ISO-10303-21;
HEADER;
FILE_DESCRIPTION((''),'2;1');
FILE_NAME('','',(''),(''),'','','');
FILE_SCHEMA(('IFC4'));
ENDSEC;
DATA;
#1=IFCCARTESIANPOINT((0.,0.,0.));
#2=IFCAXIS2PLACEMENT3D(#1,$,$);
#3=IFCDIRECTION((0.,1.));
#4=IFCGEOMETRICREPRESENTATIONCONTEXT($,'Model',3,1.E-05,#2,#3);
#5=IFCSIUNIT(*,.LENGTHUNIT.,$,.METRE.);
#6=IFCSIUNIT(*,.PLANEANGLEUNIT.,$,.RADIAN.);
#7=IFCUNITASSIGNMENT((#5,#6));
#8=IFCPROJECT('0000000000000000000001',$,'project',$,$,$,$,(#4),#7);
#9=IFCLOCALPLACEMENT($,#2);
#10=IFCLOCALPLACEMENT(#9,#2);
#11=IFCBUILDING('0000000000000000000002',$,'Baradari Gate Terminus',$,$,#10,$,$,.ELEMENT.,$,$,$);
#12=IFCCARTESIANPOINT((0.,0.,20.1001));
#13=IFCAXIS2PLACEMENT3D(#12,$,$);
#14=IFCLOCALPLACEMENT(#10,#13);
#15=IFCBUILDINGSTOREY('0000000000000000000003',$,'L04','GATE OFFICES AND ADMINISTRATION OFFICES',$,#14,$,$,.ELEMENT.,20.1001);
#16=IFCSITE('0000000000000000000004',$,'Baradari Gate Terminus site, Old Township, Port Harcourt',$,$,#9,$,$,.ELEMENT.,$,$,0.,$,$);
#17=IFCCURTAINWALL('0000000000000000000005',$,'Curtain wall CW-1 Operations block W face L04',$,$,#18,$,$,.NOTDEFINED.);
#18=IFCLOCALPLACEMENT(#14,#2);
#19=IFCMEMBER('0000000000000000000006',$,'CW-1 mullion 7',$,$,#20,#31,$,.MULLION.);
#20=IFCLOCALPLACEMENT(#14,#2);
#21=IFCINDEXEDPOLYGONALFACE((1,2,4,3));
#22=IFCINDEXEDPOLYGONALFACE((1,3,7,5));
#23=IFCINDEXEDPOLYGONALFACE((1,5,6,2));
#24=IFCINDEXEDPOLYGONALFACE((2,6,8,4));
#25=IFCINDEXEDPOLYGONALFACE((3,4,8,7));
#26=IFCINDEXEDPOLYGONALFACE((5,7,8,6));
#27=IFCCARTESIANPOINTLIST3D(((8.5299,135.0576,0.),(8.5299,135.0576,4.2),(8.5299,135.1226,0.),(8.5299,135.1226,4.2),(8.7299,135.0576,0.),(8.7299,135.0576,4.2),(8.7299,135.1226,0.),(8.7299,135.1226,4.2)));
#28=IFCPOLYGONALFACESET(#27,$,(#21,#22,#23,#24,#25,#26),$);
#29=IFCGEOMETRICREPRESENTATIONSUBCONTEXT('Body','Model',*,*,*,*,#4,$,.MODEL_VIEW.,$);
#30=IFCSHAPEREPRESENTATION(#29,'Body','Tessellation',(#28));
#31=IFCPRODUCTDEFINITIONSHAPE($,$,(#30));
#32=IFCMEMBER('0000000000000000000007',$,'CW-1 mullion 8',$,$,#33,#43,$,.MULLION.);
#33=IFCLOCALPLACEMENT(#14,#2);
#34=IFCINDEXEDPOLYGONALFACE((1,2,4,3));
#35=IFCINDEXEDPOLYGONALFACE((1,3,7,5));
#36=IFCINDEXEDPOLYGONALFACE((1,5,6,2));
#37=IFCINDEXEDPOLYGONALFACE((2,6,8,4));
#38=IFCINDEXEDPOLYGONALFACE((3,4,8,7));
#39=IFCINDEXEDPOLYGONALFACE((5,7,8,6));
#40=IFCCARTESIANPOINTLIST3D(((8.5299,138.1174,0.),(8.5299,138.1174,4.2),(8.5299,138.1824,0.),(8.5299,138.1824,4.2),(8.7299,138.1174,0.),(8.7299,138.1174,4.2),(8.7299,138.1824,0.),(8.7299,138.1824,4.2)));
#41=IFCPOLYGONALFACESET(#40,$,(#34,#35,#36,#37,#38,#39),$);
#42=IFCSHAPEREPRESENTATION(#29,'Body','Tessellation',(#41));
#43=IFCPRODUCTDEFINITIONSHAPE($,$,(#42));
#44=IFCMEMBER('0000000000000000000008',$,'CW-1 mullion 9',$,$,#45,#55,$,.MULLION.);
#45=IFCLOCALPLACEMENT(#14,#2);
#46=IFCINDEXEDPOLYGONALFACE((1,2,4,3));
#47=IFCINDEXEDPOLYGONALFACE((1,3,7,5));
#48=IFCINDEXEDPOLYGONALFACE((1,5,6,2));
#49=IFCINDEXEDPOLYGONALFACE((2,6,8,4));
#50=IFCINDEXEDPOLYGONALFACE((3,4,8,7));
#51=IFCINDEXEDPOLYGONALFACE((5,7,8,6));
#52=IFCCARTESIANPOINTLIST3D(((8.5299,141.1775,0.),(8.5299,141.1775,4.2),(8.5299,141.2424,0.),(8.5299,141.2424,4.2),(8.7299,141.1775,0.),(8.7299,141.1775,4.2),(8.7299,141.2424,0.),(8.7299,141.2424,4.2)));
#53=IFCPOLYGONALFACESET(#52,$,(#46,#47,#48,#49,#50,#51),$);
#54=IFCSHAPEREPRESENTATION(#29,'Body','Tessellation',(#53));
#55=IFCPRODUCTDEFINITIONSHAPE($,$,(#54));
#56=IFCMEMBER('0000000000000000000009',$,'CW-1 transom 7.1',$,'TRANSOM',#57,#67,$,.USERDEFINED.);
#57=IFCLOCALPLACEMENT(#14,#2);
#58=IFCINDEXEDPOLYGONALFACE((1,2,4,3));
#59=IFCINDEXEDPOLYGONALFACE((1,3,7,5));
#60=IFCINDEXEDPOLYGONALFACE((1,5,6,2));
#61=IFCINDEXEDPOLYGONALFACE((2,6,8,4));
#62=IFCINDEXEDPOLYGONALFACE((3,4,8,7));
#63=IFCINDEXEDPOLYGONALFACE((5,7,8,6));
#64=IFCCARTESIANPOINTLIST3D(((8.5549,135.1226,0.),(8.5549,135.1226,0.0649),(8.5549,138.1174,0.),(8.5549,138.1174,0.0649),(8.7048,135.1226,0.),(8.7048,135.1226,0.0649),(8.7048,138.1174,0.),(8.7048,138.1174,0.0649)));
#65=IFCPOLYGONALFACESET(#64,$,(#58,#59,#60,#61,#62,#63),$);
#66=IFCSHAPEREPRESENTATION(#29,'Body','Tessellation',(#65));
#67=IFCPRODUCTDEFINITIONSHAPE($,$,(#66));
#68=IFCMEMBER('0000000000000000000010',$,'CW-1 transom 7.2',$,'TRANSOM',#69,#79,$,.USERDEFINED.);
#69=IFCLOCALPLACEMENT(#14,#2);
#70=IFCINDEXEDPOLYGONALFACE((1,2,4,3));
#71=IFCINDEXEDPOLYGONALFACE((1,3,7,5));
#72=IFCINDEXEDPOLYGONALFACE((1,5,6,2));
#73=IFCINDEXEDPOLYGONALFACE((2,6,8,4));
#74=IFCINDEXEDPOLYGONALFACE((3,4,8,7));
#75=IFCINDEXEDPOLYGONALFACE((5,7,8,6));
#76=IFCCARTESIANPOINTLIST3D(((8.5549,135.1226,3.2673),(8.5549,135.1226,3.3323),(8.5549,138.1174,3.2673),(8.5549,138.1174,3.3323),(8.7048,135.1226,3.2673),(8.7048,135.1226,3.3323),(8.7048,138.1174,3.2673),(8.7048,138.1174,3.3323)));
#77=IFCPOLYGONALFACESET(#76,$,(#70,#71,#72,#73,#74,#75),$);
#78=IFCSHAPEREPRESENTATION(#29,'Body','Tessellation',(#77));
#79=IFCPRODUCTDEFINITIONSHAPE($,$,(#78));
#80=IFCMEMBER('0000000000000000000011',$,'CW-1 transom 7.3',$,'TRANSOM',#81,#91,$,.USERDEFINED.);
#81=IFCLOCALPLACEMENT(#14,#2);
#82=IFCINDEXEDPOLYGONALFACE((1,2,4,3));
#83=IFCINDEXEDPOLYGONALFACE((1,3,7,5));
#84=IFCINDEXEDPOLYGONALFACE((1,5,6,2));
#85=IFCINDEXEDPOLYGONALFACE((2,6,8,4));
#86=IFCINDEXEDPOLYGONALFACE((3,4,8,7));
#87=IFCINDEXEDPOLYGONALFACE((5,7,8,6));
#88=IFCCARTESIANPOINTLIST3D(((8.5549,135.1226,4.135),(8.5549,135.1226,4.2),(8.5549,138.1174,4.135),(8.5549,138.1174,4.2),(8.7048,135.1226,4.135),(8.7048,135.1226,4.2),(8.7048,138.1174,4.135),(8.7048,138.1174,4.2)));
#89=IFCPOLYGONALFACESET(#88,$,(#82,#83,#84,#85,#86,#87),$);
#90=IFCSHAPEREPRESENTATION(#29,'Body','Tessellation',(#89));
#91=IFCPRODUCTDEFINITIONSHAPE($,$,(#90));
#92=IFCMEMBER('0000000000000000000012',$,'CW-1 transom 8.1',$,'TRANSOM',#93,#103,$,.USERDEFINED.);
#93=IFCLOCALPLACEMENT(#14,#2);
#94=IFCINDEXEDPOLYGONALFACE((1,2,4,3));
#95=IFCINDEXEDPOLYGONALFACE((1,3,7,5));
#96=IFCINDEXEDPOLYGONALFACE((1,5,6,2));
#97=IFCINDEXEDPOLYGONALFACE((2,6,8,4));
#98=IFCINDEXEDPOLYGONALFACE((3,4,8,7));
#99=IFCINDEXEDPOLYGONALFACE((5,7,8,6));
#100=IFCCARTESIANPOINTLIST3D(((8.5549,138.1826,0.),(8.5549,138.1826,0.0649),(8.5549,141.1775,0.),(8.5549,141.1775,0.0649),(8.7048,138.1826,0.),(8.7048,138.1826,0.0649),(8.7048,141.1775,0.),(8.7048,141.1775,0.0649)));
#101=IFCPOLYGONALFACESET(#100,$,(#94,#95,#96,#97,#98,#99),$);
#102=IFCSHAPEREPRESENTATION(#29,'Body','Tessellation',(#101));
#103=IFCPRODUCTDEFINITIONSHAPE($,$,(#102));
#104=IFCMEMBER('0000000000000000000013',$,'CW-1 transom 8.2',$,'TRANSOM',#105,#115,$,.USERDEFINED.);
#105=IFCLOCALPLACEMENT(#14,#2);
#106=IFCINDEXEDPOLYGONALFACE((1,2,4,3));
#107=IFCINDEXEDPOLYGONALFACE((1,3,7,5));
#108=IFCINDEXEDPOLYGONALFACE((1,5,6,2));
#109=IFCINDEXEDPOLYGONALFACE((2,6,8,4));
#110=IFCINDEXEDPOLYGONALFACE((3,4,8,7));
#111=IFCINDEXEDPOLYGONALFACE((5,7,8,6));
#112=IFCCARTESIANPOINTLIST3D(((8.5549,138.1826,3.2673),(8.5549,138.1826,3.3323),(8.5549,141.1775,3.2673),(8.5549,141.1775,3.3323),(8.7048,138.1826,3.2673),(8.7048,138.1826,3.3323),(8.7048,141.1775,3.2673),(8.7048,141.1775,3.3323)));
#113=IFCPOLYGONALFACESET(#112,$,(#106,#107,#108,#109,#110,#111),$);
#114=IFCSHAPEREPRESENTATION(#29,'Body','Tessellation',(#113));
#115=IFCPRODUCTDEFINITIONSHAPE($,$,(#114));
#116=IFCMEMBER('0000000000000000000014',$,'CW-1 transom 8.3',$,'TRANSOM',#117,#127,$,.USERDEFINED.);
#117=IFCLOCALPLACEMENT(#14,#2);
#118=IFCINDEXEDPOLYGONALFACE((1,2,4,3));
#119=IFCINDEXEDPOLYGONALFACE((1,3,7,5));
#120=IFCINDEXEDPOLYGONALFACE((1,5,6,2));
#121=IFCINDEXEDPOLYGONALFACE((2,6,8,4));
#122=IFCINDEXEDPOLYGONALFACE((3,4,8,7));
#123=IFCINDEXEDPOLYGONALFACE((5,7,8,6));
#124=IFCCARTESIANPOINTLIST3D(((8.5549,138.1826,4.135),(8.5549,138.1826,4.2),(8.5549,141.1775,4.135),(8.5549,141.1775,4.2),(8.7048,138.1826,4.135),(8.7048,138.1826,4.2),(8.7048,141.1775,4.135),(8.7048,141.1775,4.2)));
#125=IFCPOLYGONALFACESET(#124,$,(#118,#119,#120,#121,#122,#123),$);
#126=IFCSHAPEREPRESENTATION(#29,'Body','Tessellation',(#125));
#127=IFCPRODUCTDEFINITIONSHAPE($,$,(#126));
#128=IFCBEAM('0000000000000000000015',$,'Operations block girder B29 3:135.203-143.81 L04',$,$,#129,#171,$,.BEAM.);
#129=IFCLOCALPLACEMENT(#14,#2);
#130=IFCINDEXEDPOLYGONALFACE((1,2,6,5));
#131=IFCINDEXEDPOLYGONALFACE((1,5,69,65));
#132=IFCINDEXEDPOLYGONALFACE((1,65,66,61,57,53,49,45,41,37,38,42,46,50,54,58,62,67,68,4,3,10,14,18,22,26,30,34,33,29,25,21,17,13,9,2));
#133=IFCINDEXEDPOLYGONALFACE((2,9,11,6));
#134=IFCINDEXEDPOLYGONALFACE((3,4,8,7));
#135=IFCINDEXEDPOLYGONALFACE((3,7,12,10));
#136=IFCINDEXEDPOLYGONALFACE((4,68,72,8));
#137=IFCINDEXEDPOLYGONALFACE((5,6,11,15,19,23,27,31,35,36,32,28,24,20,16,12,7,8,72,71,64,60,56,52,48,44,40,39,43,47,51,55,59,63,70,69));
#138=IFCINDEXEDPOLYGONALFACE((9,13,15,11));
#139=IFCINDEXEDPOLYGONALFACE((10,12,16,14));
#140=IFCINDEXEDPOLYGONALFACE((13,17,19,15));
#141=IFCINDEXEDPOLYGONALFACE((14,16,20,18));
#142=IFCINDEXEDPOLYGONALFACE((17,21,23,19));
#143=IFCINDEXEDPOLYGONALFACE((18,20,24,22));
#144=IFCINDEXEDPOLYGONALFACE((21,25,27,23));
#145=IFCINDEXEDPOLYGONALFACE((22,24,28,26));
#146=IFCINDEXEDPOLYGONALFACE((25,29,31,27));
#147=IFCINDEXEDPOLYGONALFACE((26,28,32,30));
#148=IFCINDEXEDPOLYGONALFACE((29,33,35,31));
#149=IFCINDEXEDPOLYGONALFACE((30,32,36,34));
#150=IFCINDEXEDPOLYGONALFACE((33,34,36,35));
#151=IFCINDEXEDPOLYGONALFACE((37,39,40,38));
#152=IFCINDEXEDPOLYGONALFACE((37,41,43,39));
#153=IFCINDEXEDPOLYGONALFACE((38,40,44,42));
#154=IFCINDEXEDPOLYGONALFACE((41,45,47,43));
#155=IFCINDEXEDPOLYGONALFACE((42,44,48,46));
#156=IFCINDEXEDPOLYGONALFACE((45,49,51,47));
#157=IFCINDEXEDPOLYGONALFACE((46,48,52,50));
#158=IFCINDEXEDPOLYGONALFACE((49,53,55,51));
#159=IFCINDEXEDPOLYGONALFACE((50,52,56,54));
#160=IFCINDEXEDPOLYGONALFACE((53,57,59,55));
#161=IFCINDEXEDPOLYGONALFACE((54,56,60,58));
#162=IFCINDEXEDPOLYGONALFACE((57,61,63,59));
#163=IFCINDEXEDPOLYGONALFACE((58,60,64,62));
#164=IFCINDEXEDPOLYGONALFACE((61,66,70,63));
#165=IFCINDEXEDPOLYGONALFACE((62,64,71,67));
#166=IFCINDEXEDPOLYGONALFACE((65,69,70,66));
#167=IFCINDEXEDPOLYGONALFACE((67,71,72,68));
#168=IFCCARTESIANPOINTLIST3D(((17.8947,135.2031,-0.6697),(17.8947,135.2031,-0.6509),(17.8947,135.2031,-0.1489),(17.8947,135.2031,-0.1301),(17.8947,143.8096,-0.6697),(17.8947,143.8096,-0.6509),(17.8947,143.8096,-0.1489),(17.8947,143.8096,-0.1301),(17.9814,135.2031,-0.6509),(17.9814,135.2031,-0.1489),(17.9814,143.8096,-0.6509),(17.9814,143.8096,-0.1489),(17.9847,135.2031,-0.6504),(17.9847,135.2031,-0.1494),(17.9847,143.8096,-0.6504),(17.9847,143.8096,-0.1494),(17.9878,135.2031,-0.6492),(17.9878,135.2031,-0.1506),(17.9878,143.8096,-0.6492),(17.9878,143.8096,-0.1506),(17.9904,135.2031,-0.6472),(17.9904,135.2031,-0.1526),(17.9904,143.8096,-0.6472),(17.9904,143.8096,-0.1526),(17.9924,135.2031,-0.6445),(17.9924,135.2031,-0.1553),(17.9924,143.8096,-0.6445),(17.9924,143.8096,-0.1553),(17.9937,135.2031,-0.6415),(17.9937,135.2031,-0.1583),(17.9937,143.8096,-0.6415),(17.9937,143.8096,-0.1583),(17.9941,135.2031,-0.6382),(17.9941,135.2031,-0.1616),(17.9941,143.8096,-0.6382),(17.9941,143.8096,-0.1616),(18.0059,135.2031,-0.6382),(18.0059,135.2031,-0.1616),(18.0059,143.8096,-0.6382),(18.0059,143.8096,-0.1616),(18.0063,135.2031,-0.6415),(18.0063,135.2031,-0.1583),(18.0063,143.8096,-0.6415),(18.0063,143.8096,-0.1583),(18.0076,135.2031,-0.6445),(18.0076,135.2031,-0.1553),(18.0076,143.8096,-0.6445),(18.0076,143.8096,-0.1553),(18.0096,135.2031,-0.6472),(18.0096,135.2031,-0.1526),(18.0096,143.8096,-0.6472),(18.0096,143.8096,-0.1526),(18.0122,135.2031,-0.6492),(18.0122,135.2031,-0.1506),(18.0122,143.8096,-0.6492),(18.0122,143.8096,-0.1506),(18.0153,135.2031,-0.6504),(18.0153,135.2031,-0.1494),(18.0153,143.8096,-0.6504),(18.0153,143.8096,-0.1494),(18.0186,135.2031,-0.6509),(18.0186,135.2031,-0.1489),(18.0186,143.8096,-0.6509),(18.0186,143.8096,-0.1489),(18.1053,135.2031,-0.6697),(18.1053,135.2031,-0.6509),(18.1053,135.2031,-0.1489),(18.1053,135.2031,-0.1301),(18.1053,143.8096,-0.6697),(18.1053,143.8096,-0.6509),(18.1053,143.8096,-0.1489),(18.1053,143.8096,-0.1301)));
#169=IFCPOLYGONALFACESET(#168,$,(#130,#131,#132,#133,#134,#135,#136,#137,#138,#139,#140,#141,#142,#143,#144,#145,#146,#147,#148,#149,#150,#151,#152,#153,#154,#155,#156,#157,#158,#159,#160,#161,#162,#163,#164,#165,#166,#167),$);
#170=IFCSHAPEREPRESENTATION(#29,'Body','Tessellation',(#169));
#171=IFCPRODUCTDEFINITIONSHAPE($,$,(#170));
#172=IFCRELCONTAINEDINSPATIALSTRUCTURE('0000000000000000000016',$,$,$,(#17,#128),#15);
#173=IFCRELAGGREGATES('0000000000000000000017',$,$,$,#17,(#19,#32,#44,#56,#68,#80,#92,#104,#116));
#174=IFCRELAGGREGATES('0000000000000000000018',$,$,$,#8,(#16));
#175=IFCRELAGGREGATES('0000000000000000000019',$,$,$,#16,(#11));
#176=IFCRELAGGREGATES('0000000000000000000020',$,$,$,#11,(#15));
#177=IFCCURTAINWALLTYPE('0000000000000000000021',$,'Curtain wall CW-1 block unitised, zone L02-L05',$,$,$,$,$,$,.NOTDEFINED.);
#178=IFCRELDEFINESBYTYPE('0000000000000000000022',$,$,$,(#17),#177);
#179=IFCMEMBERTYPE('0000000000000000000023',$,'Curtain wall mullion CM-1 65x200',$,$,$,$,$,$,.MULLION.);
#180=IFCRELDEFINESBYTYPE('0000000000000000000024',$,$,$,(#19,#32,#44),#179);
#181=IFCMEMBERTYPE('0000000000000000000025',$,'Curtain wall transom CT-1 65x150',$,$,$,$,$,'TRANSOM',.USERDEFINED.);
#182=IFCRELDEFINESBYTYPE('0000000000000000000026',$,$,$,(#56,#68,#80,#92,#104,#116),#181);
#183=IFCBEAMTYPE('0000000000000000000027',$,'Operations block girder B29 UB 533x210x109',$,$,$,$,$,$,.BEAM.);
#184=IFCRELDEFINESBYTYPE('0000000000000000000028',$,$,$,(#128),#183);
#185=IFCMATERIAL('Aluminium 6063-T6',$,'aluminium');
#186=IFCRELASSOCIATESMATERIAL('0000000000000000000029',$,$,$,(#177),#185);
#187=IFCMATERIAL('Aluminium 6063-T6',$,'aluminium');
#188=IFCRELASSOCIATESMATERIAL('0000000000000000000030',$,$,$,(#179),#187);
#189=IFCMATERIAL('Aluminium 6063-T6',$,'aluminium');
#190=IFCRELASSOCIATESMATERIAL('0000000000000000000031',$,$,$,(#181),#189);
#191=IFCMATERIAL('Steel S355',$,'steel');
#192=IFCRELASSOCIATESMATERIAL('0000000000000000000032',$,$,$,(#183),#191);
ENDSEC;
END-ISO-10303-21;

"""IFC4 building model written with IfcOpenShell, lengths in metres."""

from ifc_helpers import new_model, si_unit, direction, frame, origin, origin_2d, place, context, subcontext, project, spatial, rectangle, i_section, extrude, material, material_profile, profile_set, type_object, element, aggregate, save


model = new_model("IFC4")

# Units and contexts
model_context = context("Model", 3, precision=1e-05, world=origin(), true_north=direction((0.0, 1.0)))
body_context = subcontext(model_context, "Body", "Model", "MODEL_VIEW")
ifc_project = project(units=[si_unit("LENGTHUNIT", "METRE"), si_unit("PLANEANGLEUNIT", "RADIAN")], contexts=[model_context])

# Site, building, storey
site_placement = place(None, origin())
site = spatial("IfcSite", under=ifc_project, at=site_placement, Name="Baradari Gate Terminus site, Old Township, Port Harcourt", CompositionType="ELEMENT", RefElevation=0.0)
building_placement = place(site_placement, origin())
building = spatial("IfcBuilding", under=site, at=building_placement, Name="Baradari Gate Terminus", CompositionType="ELEMENT")
storey_placement = place(building_placement, frame((0.0, 0.0, 20.1001)))
storey = spatial("IfcBuildingStorey", under=building, at=storey_placement, Name="L04", Description="GATE OFFICES AND ADMINISTRATION OFFICES", CompositionType="ELEMENT", Elevation=20.1001)

# Curtain wall, members
ifc_material_1 = material(Name="Aluminium 6063-T6", Category="aluminium")
curtain_wall_type = type_object("IfcCurtainWallType", Name="Curtain wall CW-1 block unitised, zone L02-L05", PredefinedType="NOTDEFINED", material=ifc_material_1)
curtain_wall_placement = place(storey_placement, origin())
curtain_wall = element("IfcCurtainWall", 1, at=curtain_wall_placement, inside=storey, type_object=curtain_wall_type, Name="Curtain wall CW-1 Operations block W face L04", PredefinedType="NOTDEFINED")
ifc_material_2 = material(Name="Aluminium 6063-T6", Category="aluminium")
ifc_material_profile_1 = material_profile(ifc_material_2, rectangle(XDim=0.2, YDim=0.0649, at=origin_2d()), Name="CM-1 65X200")
ifc_profile_set_1 = profile_set([ifc_material_profile_1], Name="Aluminium 6063-T6")
member_type_1 = type_object("IfcMemberType", Name="Curtain wall mullion CM-1 65x200", PredefinedType="MULLION", material=ifc_profile_set_1)
member_1_placement = place(storey_placement, frame((8.6299, 135.0901, 0.0), z_axis=(0.0, 0.0, 1.0), x_axis=(-1.0, 0.0, 0.0)))
member_1 = element("IfcMember", 2, at=member_1_placement, type_object=member_type_1, Name="CW-1 mullion 7", PredefinedType="MULLION", context=body_context, shape_type="SweptSolid", body=[
    extrude(rectangle(XDim=0.2, YDim=0.0649, at=origin_2d()), origin(), (0.0, 0.0, 1.0), 4.2),
])
member_2_placement = place(storey_placement, frame((8.6299, 138.1499, 0.0), z_axis=(0.0, 0.0, 1.0), x_axis=(-1.0, 0.0, 0.0)))
member_2 = element("IfcMember", 3, at=member_2_placement, type_object=member_type_1, Name="CW-1 mullion 8", PredefinedType="MULLION", context=body_context, shape_type="SweptSolid", body=[
    extrude(rectangle(XDim=0.2, YDim=0.0649, at=origin_2d()), origin(), (0.0, 0.0, 1.0), 4.2),
])
member_3_placement = place(storey_placement, frame((8.6299, 141.21, 0.0), z_axis=(0.0, 0.0, 1.0), x_axis=(-1.0, 0.0, 0.0)))
member_3 = element("IfcMember", 4, at=member_3_placement, type_object=member_type_1, Name="CW-1 mullion 9", PredefinedType="MULLION", context=body_context, shape_type="SweptSolid", body=[
    extrude(rectangle(XDim=0.2, YDim=0.0649, at=origin_2d()), origin(), (0.0, 0.0, 1.0), 4.2),
])
ifc_material_3 = material(Name="Aluminium 6063-T6", Category="aluminium")
ifc_material_profile_2 = material_profile(ifc_material_3, rectangle(XDim=0.1499, YDim=0.0649, at=origin_2d()), Name="CT-1 65X150")
ifc_profile_set_2 = profile_set([ifc_material_profile_2], Name="Aluminium 6063-T6")
member_type_2 = type_object("IfcMemberType", Name="Curtain wall transom CT-1 65x150", ElementType="TRANSOM", PredefinedType="USERDEFINED", material=ifc_profile_set_2)
member_4_placement = place(storey_placement, frame((8.6299, 135.1226, 0.0325), z_axis=(0.0, 1.0, 0.0), x_axis=(-1.0, 0.0, 0.0)))
member_4 = element("IfcMember", 5, at=member_4_placement, type_object=member_type_2, Name="CW-1 transom 7.1", ObjectType="TRANSOM", PredefinedType="USERDEFINED", context=body_context, shape_type="SweptSolid", body=[
    extrude(rectangle(XDim=0.1499, YDim=0.0649, at=origin_2d()), origin(), (0.0, 0.0, 1.0), 2.9949),
])
member_5_placement = place(storey_placement, frame((8.6299, 135.1226, 3.2998), z_axis=(0.0, 1.0, 0.0), x_axis=(-1.0, 0.0, 0.0)))
member_5 = element("IfcMember", 6, at=member_5_placement, type_object=member_type_2, Name="CW-1 transom 7.2", ObjectType="TRANSOM", PredefinedType="USERDEFINED", context=body_context, shape_type="SweptSolid", body=[
    extrude(rectangle(XDim=0.1499, YDim=0.0649, at=origin_2d()), origin(), (0.0, 0.0, 1.0), 2.9949),
])
member_6_placement = place(storey_placement, frame((8.6299, 135.1226, 4.1675), z_axis=(0.0, 1.0, 0.0), x_axis=(-1.0, 0.0, 0.0)))
member_6 = element("IfcMember", 7, at=member_6_placement, type_object=member_type_2, Name="CW-1 transom 7.3", ObjectType="TRANSOM", PredefinedType="USERDEFINED", context=body_context, shape_type="SweptSolid", body=[
    extrude(rectangle(XDim=0.1499, YDim=0.0649, at=origin_2d()), origin(), (0.0, 0.0, 1.0), 2.9949),
])
member_7_placement = place(storey_placement, frame((8.6299, 138.1826, 0.0325), z_axis=(0.0, 1.0, 0.0), x_axis=(-1.0, 0.0, 0.0)))
member_7 = element("IfcMember", 8, at=member_7_placement, type_object=member_type_2, Name="CW-1 transom 8.1", ObjectType="TRANSOM", PredefinedType="USERDEFINED", context=body_context, shape_type="SweptSolid", body=[
    extrude(rectangle(XDim=0.1499, YDim=0.0649, at=origin_2d()), origin(), (0.0, 0.0, 1.0), 2.9949),
])
member_8_placement = place(storey_placement, frame((8.6299, 138.1826, 3.2998), z_axis=(0.0, 1.0, 0.0), x_axis=(-1.0, 0.0, 0.0)))
member_8 = element("IfcMember", 9, at=member_8_placement, type_object=member_type_2, Name="CW-1 transom 8.2", ObjectType="TRANSOM", PredefinedType="USERDEFINED", context=body_context, shape_type="SweptSolid", body=[
    extrude(rectangle(XDim=0.1499, YDim=0.0649, at=origin_2d()), origin(), (0.0, 0.0, 1.0), 2.9949),
])
member_9_placement = place(storey_placement, frame((8.6299, 138.1826, 4.1675), z_axis=(0.0, 1.0, 0.0), x_axis=(-1.0, 0.0, 0.0)))
member_9 = element("IfcMember", 10, at=member_9_placement, type_object=member_type_2, Name="CW-1 transom 8.3", ObjectType="TRANSOM", PredefinedType="USERDEFINED", context=body_context, shape_type="SweptSolid", body=[
    extrude(rectangle(XDim=0.1499, YDim=0.0649, at=origin_2d()), origin(), (0.0, 0.0, 1.0), 2.9949),
])

# Beam
ifc_material_4 = material(Name="Steel S355", Category="steel")
ifc_material_profile_3 = material_profile(ifc_material_4, i_section(OverallWidth=0.2107, OverallDepth=0.5396, WebThickness=0.0117, FlangeThickness=0.0188, FilletRadius=0.0127, at=origin_2d()), Name="UB 533x210x109")
ifc_profile_set_3 = profile_set([ifc_material_profile_3], Name="Steel S355")
beam_type_1 = type_object("IfcBeamType", Name="Operations block girder B29 UB 533x210x109", PredefinedType="BEAM", material=ifc_profile_set_3)
beam_1_placement = place(storey_placement, frame((18.0, 135.2031, -0.3999), z_axis=(0.0, 1.0, 0.0), x_axis=(-1.0, 0.0, 0.0)))
element("IfcBeam", 11, at=beam_1_placement, inside=storey, type_object=beam_type_1, Name="Operations block girder B29 3:135.203-143.81 L04", PredefinedType="BEAM", context=body_context, shape_type="SweptSolid", body=[
    extrude(i_section(OverallWidth=0.2107, OverallDepth=0.5396, WebThickness=0.0117, FlangeThickness=0.0188, FilletRadius=0.0127, at=origin_2d()), origin(), (0.0, 0.0, 1.0), 8.6064),
])

aggregate(curtain_wall, [member_1, member_2, member_3, member_4, member_5, member_6, member_7, member_8, member_9])

save(model, "model.ifc")
